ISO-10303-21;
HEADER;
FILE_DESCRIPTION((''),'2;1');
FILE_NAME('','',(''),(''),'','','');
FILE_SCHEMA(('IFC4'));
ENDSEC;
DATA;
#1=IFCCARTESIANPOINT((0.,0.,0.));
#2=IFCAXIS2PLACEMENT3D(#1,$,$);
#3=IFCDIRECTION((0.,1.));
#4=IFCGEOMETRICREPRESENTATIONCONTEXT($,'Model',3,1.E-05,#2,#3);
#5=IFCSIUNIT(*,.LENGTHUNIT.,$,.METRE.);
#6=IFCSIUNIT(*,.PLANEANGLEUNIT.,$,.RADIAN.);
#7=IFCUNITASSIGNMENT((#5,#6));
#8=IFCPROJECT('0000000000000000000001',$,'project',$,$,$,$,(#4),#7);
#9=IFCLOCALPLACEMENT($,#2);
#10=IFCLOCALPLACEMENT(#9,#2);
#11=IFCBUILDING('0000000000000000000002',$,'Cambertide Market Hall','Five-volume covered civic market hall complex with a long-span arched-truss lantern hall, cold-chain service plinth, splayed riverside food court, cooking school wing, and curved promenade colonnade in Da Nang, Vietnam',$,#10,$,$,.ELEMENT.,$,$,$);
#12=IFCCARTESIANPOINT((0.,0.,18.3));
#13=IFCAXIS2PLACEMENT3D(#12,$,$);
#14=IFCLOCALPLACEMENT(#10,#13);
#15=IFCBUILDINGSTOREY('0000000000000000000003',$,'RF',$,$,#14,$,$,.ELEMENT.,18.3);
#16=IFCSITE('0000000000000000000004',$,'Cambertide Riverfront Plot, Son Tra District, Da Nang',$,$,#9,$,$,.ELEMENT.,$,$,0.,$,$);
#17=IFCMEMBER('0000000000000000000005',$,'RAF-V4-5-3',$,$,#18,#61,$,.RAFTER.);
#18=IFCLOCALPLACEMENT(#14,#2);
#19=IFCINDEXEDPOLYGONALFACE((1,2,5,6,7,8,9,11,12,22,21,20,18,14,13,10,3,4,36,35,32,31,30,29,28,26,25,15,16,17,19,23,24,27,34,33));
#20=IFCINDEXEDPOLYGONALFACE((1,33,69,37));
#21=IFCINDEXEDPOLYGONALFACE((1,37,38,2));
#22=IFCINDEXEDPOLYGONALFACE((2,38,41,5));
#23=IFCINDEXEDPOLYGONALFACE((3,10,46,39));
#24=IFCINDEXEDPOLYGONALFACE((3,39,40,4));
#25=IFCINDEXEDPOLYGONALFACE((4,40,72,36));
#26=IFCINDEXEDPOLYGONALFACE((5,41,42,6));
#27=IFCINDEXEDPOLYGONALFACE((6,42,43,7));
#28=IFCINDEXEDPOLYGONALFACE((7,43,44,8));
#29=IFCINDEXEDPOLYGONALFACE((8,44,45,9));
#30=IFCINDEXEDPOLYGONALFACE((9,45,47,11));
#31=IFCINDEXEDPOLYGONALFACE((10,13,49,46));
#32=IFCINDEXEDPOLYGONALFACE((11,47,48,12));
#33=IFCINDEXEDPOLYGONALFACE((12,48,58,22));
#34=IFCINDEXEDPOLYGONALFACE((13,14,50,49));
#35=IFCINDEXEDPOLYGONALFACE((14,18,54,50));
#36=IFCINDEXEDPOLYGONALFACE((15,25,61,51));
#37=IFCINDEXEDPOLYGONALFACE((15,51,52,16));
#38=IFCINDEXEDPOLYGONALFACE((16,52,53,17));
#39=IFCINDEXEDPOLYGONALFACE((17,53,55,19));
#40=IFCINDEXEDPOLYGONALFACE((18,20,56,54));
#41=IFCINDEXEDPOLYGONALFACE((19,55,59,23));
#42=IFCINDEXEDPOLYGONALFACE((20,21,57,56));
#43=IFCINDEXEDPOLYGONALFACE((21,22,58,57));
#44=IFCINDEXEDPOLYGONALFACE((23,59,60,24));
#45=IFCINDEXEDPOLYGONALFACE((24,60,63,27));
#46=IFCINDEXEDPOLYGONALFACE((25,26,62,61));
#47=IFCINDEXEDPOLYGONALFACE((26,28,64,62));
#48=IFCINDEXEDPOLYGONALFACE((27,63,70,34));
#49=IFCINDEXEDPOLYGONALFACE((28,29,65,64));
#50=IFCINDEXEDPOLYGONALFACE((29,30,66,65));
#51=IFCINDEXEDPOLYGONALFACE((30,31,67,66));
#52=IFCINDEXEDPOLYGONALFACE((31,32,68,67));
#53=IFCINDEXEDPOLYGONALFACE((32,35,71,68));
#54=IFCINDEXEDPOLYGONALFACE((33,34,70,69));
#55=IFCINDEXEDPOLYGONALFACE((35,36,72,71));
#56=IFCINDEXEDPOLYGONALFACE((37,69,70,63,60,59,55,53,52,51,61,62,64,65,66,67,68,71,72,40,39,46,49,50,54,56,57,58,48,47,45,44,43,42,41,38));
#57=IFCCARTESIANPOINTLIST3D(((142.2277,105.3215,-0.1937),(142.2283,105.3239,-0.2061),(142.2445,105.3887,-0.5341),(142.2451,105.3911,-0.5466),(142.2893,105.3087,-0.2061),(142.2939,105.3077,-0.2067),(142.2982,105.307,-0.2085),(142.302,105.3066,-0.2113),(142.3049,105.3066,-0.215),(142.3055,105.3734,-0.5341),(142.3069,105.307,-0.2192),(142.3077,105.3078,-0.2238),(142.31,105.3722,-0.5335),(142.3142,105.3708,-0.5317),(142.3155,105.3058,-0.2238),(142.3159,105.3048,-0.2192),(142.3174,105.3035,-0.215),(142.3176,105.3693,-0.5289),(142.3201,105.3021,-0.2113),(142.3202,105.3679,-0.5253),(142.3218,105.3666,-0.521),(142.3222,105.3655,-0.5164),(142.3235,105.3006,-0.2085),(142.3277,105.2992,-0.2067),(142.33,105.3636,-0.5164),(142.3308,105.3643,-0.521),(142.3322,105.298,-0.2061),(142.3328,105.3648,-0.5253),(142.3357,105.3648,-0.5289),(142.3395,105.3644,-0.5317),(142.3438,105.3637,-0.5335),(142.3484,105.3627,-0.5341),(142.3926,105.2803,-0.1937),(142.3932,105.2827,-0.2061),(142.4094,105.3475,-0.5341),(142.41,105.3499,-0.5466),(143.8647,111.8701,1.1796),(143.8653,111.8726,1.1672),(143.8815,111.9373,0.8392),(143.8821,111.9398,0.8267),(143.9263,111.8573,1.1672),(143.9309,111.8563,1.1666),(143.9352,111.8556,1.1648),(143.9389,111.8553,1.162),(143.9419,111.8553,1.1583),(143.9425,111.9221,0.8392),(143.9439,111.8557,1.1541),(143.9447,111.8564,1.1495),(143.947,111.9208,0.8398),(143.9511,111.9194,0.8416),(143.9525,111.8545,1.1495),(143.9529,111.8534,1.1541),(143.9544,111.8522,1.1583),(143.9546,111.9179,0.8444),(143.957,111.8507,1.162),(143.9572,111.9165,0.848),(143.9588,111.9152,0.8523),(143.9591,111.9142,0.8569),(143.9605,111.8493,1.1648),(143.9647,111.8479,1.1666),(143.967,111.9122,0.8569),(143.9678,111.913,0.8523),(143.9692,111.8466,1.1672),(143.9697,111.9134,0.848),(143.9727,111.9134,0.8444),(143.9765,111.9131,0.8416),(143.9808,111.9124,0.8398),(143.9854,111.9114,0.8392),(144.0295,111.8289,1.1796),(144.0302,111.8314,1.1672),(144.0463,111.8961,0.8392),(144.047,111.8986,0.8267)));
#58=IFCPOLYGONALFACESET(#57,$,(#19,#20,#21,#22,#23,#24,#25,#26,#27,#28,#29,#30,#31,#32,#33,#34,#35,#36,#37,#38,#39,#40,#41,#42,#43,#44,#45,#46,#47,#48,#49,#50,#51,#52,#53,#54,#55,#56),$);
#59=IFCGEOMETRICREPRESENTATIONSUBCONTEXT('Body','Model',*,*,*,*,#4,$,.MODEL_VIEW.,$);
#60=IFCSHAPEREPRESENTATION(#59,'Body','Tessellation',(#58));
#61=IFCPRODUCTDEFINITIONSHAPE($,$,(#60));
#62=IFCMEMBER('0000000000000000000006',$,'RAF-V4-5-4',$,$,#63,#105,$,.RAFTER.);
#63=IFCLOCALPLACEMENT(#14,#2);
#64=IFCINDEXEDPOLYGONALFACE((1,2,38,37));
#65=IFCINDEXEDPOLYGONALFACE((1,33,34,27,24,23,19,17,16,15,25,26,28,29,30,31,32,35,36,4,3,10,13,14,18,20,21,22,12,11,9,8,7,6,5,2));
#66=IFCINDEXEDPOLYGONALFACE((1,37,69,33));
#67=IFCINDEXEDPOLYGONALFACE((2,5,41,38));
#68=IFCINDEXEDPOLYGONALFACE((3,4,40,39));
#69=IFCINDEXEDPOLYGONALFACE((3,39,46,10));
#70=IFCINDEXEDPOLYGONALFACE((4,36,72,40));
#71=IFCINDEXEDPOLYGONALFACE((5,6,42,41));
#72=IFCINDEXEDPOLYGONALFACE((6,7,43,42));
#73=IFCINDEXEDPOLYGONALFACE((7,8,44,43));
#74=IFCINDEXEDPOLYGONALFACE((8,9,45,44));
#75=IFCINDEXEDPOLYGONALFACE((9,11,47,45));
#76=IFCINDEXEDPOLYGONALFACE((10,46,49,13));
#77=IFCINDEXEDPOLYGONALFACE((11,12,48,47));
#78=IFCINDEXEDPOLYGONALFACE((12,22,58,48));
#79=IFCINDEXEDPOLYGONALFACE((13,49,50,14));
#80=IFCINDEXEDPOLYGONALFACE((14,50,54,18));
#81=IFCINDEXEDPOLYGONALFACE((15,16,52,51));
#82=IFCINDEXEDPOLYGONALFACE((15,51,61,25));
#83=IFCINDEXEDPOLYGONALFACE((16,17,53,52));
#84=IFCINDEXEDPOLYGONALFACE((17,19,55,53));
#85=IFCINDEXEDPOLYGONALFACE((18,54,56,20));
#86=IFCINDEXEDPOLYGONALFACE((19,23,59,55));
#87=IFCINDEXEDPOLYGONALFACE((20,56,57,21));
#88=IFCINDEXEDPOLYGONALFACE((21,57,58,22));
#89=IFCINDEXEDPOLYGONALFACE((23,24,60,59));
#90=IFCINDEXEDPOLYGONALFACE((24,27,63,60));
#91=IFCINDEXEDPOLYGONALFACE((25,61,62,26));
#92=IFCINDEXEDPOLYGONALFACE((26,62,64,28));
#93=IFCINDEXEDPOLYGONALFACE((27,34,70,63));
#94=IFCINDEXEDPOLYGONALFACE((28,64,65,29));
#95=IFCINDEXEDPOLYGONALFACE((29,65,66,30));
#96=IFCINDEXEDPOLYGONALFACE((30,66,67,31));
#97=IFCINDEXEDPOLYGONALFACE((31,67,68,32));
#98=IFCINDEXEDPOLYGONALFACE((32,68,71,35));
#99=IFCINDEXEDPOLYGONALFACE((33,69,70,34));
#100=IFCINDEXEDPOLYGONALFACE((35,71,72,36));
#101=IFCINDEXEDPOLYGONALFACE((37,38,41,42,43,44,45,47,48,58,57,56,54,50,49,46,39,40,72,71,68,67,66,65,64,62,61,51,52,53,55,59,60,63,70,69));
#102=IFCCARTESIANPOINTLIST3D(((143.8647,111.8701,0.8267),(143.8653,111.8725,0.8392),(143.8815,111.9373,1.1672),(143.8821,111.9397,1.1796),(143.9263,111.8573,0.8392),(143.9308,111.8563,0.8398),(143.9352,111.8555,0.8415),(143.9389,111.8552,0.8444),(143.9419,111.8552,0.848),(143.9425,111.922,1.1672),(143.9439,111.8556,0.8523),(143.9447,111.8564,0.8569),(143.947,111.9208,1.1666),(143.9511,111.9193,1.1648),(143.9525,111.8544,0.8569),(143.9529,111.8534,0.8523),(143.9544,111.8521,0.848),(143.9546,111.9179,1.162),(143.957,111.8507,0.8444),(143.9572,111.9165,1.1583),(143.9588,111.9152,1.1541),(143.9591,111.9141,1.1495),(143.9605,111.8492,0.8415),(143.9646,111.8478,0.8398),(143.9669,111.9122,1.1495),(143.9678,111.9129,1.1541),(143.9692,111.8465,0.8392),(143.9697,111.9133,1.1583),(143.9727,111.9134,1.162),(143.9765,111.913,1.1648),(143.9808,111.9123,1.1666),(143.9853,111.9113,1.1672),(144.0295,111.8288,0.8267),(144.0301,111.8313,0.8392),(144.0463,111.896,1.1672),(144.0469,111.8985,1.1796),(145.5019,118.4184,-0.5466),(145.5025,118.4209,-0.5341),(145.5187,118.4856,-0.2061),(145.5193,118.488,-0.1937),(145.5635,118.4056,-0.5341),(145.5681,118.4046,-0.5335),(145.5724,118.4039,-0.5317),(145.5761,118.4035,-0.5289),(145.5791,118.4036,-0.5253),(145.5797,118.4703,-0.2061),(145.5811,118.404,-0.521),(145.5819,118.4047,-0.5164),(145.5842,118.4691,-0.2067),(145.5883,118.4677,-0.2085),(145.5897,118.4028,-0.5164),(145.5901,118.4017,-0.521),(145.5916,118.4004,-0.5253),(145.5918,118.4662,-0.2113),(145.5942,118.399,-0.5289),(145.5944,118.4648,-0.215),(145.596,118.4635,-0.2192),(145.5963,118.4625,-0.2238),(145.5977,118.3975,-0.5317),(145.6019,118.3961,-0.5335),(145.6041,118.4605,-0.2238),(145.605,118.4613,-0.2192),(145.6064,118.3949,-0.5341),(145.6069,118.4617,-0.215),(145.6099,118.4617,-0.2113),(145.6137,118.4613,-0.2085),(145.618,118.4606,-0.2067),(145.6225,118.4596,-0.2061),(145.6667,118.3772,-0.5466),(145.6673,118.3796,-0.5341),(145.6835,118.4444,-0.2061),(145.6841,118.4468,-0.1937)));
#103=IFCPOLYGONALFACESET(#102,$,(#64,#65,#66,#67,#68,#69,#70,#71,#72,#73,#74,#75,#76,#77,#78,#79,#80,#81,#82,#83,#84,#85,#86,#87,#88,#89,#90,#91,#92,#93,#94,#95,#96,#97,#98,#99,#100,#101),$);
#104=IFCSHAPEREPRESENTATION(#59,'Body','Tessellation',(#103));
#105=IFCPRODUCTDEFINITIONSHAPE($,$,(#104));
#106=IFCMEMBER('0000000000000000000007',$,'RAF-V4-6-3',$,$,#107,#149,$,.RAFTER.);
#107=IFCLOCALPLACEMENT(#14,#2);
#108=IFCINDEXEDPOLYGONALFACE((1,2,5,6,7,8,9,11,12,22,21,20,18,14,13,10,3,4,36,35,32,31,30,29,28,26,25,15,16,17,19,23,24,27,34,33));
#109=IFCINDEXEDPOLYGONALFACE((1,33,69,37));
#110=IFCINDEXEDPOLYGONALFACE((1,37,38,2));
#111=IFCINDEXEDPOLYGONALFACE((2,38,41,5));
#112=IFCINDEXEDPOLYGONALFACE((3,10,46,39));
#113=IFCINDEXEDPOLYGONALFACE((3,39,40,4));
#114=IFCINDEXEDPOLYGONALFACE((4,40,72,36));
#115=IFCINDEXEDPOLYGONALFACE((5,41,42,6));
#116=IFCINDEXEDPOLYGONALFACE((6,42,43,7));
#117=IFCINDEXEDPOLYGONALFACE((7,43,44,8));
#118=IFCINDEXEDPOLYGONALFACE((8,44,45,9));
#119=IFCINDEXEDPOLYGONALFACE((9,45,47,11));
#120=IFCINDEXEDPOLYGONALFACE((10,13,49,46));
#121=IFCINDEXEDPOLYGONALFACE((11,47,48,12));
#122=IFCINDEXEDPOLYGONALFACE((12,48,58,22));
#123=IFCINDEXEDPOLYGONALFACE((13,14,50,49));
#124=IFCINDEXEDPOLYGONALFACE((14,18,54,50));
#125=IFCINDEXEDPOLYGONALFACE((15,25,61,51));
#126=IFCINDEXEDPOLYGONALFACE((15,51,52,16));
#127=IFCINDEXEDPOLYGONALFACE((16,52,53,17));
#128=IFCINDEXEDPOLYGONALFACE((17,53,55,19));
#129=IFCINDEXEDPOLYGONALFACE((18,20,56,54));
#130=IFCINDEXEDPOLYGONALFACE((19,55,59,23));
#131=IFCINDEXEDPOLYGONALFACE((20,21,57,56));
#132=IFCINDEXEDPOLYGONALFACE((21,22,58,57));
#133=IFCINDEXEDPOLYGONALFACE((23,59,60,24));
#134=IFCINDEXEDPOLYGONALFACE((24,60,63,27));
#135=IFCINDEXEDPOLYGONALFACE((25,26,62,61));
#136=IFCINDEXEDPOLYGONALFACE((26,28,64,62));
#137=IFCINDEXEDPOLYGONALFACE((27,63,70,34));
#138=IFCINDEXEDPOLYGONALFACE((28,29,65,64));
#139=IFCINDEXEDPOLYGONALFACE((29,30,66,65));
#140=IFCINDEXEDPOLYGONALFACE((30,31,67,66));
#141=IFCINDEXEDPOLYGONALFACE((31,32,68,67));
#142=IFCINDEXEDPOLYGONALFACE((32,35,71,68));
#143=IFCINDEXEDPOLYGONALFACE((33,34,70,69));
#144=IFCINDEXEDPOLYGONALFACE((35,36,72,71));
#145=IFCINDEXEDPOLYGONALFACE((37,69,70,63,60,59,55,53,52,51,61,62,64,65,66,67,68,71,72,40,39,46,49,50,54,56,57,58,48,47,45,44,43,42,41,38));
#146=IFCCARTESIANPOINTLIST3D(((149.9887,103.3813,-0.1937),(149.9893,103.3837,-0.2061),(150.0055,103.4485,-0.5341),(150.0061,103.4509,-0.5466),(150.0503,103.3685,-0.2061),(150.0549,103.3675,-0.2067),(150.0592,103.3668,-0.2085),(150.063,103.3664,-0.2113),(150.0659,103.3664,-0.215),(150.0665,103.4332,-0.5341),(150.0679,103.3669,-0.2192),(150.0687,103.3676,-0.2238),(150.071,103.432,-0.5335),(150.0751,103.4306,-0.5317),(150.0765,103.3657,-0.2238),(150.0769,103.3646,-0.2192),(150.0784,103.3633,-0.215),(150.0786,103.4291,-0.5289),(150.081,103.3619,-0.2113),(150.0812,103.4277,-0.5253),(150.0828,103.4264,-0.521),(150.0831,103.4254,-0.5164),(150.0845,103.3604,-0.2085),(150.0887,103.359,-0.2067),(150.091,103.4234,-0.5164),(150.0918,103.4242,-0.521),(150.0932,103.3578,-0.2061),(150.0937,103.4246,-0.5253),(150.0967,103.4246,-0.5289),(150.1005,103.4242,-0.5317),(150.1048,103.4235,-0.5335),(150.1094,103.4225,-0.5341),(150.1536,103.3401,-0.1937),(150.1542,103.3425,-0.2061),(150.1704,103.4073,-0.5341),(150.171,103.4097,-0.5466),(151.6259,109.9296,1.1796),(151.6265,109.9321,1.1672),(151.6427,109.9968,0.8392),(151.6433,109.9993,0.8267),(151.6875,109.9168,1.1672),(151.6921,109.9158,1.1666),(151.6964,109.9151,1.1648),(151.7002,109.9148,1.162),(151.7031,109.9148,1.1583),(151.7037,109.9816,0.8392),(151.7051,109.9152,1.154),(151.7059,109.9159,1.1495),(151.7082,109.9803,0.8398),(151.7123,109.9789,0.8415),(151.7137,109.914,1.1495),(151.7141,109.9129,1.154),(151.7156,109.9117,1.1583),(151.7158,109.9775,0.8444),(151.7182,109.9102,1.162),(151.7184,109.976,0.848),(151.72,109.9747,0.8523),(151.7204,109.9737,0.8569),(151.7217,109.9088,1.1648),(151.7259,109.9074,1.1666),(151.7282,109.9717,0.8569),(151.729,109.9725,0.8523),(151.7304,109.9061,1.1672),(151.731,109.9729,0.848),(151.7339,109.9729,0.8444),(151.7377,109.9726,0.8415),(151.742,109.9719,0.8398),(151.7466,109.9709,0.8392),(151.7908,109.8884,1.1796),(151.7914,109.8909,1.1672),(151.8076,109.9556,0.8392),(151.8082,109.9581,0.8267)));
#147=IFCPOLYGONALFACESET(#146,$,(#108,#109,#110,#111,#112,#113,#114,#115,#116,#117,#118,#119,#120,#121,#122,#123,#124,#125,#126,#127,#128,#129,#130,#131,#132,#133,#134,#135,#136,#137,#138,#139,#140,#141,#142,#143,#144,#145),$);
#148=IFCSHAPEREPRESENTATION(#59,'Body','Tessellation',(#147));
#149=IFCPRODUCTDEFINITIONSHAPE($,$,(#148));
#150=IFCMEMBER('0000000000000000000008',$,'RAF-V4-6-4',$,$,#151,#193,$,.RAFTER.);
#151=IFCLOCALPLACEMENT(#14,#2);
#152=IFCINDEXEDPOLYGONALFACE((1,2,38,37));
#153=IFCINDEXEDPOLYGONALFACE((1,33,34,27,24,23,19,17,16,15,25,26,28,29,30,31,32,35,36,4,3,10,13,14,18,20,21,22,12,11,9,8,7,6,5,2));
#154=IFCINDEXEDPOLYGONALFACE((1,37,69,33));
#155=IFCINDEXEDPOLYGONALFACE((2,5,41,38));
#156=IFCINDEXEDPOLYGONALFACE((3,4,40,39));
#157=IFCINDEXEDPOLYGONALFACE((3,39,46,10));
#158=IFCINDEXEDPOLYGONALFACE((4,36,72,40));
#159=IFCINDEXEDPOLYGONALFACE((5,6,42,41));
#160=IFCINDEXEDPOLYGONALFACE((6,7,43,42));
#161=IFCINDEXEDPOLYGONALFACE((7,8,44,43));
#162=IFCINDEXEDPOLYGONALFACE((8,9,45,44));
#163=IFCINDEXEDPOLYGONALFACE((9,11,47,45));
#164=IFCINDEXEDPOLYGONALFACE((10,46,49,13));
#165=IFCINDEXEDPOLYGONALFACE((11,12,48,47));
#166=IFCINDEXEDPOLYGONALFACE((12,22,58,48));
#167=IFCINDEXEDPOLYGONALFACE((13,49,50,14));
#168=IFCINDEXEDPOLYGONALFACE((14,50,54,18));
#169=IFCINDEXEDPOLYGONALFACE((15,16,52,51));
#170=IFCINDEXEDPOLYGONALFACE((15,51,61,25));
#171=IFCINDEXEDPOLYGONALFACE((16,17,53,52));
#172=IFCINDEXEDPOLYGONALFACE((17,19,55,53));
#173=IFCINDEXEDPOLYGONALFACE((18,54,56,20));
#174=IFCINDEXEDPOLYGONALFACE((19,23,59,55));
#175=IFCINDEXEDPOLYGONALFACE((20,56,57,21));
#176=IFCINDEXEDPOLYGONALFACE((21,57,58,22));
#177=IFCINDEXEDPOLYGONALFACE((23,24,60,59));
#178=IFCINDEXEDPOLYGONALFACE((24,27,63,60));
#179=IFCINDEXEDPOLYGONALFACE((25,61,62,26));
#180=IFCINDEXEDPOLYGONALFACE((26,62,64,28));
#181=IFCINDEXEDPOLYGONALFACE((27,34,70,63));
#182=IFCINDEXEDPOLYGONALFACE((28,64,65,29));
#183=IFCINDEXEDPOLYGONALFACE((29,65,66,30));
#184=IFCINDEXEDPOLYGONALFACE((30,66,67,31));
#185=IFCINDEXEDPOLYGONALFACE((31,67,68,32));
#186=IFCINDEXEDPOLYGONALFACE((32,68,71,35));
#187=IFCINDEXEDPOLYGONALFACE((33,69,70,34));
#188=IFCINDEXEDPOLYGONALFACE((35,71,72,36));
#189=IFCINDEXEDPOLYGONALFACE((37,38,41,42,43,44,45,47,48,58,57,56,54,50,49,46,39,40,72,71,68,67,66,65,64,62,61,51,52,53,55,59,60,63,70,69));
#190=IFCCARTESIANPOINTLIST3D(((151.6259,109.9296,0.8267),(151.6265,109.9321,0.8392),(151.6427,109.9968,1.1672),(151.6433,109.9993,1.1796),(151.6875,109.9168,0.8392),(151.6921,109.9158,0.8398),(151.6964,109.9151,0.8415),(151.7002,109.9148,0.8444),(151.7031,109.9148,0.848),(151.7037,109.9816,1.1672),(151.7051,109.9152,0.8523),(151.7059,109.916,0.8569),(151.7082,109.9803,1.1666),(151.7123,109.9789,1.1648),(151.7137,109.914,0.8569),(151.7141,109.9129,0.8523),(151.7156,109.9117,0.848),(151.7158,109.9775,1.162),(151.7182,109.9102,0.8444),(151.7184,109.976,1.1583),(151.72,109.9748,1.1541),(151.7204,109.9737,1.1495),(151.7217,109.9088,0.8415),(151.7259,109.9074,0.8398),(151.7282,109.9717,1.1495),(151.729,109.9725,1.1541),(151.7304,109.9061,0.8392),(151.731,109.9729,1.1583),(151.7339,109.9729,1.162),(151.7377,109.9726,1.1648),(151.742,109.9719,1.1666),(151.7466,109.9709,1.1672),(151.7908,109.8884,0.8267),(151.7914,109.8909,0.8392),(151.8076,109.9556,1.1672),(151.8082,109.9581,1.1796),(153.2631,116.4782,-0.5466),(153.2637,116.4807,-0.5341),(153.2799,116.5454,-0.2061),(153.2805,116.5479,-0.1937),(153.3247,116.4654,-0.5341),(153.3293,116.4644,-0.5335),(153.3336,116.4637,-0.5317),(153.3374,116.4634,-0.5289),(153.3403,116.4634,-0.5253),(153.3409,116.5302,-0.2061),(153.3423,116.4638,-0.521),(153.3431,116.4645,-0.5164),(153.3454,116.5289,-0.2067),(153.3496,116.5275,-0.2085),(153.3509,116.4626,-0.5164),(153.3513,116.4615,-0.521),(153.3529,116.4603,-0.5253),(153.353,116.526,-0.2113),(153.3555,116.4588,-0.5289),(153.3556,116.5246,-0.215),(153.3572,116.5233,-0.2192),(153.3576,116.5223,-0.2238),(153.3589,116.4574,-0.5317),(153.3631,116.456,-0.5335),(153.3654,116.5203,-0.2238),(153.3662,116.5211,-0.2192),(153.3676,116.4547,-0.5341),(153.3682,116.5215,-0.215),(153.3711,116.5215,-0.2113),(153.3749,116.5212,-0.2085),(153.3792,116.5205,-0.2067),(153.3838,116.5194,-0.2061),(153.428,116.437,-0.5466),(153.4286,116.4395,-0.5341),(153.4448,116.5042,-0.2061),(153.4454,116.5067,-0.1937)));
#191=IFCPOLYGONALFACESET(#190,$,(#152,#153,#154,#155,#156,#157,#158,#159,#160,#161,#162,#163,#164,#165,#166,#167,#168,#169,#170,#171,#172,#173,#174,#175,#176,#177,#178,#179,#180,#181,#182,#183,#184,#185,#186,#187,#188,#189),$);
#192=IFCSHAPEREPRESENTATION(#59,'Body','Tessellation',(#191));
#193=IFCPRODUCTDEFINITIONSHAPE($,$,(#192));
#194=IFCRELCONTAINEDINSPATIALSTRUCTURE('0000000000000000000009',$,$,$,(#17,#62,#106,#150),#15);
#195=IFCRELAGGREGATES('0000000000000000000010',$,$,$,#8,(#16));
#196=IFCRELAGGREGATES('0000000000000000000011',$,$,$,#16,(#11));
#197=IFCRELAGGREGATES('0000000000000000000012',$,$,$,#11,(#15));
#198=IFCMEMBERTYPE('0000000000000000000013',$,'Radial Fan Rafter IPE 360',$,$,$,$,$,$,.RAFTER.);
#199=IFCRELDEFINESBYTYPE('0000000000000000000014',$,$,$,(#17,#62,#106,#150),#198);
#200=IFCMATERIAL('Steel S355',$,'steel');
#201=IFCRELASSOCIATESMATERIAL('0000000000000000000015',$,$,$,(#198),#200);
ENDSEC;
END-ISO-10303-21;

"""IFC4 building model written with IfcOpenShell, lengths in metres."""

from ifc_helpers import new_model, si_unit, direction, frame, origin, origin_2d, place, context, subcontext, project, spatial, i_section, extrude, material, material_profile, profile_set, type_object, element, save


model = new_model("IFC4")

# Units and contexts
model_context = context("Model", 3, precision=1e-05, world=origin(), true_north=direction((0.0, 1.0)))
body_context = subcontext(model_context, "Body", "Model", "MODEL_VIEW")
ifc_project = project(units=[si_unit("LENGTHUNIT", "METRE"), si_unit("PLANEANGLEUNIT", "RADIAN")], contexts=[model_context])

# Site, building, storey
site_placement = place(None, origin())
site = spatial("IfcSite", under=ifc_project, at=site_placement, Name="Cambertide Riverfront Plot, Son Tra District, Da Nang", CompositionType="ELEMENT", RefElevation=0.0)
building_placement = place(site_placement, origin())
building = spatial("IfcBuilding", under=site, at=building_placement, Name="Cambertide Market Hall", Description="Five-volume covered civic market hall complex with a long-span arched-truss lantern hall, cold-chain service plinth, splayed riverside food court, cooking school wing, and curved promenade colonnade in Da Nang, Vietnam", CompositionType="ELEMENT")
storey_placement = place(building_placement, frame((0.0, 0.0, 18.3)))
storey = spatial("IfcBuildingStorey", under=building, at=storey_placement, Name="RF", CompositionType="ELEMENT", Elevation=18.3)

# Members
ifc_material_1 = material(Name="Steel S355", Category="steel")
ifc_material_profile_1 = material_profile(ifc_material_1, i_section(OverallWidth=0.1699, OverallDepth=0.3601, WebThickness=0.0081, FlangeThickness=0.0127, FilletRadius=0.0181, at=origin_2d()), Name="IPE 360")
ifc_profile_set_1 = profile_set([ifc_material_profile_1], Name="Steel S355")
member_type_1 = type_object("IfcMemberType", Name="Radial Fan Rafter IPE 360", PredefinedType="RAFTER", material=ifc_profile_set_1)
member_1_placement = place(storey_placement, frame((142.3188, 105.3357, -0.3701), z_axis=(0.237642, 0.950674, 0.199364), x_axis=(-0.970149, 0.24251, 0.0)))
element("IfcMember", 1, at=member_1_placement, inside=storey, type_object=member_type_1, Name="RAF-V4-5-3", PredefinedType="RAFTER", context=body_context, shape_type="SweptSolid", body=[
    extrude(i_section(OverallWidth=0.1699, OverallDepth=0.3601, WebThickness=0.0081, FlangeThickness=0.0127, FilletRadius=0.0181, at=origin_2d()), origin(), (0.0, 0.0, 1.0), 6.8884),
])
for number, where, z_axis, x_axis, name in (
    (2, (143.9558, 111.8843, 1.0032), (0.237683, 0.950662, -0.199369), (-0.970138, 0.242553, 0.0), "RAF-V4-5-4"),
    (3, (150.0798, 103.3955, -0.3701), (0.237683, 0.950662, 0.199369), (-0.970138, 0.242553, 0.0), "RAF-V4-6-3"),
):
    element("IfcMember", number, at=place(storey_placement, frame(where, z_axis=z_axis, x_axis=x_axis)), inside=storey, type_object=member_type_1, Name=name, PredefinedType="RAFTER", context=body_context, shape_type="SweptSolid", body=[
        extrude(i_section(OverallWidth=0.1699, OverallDepth=0.3601, WebThickness=0.0081, FlangeThickness=0.0127, FilletRadius=0.0181, at=origin_2d()), origin(), (0.0, 0.0, 1.0), 6.8882),
    ])
member_2_placement = place(storey_placement, frame((151.717, 109.9438, 1.0032), z_axis=(0.237675, 0.950666, -0.199362), x_axis=(-0.97014, 0.242544, 0.0)))
element("IfcMember", 4, at=member_2_placement, inside=storey, type_object=member_type_1, Name="RAF-V4-6-4", PredefinedType="RAFTER", context=body_context, shape_type="SweptSolid", body=[
    extrude(i_section(OverallWidth=0.1699, OverallDepth=0.3601, WebThickness=0.0081, FlangeThickness=0.0127, FilletRadius=0.0181, at=origin_2d()), origin(), (0.0, 0.0, 1.0), 6.8884),
])

save(model, "model.ifc")
